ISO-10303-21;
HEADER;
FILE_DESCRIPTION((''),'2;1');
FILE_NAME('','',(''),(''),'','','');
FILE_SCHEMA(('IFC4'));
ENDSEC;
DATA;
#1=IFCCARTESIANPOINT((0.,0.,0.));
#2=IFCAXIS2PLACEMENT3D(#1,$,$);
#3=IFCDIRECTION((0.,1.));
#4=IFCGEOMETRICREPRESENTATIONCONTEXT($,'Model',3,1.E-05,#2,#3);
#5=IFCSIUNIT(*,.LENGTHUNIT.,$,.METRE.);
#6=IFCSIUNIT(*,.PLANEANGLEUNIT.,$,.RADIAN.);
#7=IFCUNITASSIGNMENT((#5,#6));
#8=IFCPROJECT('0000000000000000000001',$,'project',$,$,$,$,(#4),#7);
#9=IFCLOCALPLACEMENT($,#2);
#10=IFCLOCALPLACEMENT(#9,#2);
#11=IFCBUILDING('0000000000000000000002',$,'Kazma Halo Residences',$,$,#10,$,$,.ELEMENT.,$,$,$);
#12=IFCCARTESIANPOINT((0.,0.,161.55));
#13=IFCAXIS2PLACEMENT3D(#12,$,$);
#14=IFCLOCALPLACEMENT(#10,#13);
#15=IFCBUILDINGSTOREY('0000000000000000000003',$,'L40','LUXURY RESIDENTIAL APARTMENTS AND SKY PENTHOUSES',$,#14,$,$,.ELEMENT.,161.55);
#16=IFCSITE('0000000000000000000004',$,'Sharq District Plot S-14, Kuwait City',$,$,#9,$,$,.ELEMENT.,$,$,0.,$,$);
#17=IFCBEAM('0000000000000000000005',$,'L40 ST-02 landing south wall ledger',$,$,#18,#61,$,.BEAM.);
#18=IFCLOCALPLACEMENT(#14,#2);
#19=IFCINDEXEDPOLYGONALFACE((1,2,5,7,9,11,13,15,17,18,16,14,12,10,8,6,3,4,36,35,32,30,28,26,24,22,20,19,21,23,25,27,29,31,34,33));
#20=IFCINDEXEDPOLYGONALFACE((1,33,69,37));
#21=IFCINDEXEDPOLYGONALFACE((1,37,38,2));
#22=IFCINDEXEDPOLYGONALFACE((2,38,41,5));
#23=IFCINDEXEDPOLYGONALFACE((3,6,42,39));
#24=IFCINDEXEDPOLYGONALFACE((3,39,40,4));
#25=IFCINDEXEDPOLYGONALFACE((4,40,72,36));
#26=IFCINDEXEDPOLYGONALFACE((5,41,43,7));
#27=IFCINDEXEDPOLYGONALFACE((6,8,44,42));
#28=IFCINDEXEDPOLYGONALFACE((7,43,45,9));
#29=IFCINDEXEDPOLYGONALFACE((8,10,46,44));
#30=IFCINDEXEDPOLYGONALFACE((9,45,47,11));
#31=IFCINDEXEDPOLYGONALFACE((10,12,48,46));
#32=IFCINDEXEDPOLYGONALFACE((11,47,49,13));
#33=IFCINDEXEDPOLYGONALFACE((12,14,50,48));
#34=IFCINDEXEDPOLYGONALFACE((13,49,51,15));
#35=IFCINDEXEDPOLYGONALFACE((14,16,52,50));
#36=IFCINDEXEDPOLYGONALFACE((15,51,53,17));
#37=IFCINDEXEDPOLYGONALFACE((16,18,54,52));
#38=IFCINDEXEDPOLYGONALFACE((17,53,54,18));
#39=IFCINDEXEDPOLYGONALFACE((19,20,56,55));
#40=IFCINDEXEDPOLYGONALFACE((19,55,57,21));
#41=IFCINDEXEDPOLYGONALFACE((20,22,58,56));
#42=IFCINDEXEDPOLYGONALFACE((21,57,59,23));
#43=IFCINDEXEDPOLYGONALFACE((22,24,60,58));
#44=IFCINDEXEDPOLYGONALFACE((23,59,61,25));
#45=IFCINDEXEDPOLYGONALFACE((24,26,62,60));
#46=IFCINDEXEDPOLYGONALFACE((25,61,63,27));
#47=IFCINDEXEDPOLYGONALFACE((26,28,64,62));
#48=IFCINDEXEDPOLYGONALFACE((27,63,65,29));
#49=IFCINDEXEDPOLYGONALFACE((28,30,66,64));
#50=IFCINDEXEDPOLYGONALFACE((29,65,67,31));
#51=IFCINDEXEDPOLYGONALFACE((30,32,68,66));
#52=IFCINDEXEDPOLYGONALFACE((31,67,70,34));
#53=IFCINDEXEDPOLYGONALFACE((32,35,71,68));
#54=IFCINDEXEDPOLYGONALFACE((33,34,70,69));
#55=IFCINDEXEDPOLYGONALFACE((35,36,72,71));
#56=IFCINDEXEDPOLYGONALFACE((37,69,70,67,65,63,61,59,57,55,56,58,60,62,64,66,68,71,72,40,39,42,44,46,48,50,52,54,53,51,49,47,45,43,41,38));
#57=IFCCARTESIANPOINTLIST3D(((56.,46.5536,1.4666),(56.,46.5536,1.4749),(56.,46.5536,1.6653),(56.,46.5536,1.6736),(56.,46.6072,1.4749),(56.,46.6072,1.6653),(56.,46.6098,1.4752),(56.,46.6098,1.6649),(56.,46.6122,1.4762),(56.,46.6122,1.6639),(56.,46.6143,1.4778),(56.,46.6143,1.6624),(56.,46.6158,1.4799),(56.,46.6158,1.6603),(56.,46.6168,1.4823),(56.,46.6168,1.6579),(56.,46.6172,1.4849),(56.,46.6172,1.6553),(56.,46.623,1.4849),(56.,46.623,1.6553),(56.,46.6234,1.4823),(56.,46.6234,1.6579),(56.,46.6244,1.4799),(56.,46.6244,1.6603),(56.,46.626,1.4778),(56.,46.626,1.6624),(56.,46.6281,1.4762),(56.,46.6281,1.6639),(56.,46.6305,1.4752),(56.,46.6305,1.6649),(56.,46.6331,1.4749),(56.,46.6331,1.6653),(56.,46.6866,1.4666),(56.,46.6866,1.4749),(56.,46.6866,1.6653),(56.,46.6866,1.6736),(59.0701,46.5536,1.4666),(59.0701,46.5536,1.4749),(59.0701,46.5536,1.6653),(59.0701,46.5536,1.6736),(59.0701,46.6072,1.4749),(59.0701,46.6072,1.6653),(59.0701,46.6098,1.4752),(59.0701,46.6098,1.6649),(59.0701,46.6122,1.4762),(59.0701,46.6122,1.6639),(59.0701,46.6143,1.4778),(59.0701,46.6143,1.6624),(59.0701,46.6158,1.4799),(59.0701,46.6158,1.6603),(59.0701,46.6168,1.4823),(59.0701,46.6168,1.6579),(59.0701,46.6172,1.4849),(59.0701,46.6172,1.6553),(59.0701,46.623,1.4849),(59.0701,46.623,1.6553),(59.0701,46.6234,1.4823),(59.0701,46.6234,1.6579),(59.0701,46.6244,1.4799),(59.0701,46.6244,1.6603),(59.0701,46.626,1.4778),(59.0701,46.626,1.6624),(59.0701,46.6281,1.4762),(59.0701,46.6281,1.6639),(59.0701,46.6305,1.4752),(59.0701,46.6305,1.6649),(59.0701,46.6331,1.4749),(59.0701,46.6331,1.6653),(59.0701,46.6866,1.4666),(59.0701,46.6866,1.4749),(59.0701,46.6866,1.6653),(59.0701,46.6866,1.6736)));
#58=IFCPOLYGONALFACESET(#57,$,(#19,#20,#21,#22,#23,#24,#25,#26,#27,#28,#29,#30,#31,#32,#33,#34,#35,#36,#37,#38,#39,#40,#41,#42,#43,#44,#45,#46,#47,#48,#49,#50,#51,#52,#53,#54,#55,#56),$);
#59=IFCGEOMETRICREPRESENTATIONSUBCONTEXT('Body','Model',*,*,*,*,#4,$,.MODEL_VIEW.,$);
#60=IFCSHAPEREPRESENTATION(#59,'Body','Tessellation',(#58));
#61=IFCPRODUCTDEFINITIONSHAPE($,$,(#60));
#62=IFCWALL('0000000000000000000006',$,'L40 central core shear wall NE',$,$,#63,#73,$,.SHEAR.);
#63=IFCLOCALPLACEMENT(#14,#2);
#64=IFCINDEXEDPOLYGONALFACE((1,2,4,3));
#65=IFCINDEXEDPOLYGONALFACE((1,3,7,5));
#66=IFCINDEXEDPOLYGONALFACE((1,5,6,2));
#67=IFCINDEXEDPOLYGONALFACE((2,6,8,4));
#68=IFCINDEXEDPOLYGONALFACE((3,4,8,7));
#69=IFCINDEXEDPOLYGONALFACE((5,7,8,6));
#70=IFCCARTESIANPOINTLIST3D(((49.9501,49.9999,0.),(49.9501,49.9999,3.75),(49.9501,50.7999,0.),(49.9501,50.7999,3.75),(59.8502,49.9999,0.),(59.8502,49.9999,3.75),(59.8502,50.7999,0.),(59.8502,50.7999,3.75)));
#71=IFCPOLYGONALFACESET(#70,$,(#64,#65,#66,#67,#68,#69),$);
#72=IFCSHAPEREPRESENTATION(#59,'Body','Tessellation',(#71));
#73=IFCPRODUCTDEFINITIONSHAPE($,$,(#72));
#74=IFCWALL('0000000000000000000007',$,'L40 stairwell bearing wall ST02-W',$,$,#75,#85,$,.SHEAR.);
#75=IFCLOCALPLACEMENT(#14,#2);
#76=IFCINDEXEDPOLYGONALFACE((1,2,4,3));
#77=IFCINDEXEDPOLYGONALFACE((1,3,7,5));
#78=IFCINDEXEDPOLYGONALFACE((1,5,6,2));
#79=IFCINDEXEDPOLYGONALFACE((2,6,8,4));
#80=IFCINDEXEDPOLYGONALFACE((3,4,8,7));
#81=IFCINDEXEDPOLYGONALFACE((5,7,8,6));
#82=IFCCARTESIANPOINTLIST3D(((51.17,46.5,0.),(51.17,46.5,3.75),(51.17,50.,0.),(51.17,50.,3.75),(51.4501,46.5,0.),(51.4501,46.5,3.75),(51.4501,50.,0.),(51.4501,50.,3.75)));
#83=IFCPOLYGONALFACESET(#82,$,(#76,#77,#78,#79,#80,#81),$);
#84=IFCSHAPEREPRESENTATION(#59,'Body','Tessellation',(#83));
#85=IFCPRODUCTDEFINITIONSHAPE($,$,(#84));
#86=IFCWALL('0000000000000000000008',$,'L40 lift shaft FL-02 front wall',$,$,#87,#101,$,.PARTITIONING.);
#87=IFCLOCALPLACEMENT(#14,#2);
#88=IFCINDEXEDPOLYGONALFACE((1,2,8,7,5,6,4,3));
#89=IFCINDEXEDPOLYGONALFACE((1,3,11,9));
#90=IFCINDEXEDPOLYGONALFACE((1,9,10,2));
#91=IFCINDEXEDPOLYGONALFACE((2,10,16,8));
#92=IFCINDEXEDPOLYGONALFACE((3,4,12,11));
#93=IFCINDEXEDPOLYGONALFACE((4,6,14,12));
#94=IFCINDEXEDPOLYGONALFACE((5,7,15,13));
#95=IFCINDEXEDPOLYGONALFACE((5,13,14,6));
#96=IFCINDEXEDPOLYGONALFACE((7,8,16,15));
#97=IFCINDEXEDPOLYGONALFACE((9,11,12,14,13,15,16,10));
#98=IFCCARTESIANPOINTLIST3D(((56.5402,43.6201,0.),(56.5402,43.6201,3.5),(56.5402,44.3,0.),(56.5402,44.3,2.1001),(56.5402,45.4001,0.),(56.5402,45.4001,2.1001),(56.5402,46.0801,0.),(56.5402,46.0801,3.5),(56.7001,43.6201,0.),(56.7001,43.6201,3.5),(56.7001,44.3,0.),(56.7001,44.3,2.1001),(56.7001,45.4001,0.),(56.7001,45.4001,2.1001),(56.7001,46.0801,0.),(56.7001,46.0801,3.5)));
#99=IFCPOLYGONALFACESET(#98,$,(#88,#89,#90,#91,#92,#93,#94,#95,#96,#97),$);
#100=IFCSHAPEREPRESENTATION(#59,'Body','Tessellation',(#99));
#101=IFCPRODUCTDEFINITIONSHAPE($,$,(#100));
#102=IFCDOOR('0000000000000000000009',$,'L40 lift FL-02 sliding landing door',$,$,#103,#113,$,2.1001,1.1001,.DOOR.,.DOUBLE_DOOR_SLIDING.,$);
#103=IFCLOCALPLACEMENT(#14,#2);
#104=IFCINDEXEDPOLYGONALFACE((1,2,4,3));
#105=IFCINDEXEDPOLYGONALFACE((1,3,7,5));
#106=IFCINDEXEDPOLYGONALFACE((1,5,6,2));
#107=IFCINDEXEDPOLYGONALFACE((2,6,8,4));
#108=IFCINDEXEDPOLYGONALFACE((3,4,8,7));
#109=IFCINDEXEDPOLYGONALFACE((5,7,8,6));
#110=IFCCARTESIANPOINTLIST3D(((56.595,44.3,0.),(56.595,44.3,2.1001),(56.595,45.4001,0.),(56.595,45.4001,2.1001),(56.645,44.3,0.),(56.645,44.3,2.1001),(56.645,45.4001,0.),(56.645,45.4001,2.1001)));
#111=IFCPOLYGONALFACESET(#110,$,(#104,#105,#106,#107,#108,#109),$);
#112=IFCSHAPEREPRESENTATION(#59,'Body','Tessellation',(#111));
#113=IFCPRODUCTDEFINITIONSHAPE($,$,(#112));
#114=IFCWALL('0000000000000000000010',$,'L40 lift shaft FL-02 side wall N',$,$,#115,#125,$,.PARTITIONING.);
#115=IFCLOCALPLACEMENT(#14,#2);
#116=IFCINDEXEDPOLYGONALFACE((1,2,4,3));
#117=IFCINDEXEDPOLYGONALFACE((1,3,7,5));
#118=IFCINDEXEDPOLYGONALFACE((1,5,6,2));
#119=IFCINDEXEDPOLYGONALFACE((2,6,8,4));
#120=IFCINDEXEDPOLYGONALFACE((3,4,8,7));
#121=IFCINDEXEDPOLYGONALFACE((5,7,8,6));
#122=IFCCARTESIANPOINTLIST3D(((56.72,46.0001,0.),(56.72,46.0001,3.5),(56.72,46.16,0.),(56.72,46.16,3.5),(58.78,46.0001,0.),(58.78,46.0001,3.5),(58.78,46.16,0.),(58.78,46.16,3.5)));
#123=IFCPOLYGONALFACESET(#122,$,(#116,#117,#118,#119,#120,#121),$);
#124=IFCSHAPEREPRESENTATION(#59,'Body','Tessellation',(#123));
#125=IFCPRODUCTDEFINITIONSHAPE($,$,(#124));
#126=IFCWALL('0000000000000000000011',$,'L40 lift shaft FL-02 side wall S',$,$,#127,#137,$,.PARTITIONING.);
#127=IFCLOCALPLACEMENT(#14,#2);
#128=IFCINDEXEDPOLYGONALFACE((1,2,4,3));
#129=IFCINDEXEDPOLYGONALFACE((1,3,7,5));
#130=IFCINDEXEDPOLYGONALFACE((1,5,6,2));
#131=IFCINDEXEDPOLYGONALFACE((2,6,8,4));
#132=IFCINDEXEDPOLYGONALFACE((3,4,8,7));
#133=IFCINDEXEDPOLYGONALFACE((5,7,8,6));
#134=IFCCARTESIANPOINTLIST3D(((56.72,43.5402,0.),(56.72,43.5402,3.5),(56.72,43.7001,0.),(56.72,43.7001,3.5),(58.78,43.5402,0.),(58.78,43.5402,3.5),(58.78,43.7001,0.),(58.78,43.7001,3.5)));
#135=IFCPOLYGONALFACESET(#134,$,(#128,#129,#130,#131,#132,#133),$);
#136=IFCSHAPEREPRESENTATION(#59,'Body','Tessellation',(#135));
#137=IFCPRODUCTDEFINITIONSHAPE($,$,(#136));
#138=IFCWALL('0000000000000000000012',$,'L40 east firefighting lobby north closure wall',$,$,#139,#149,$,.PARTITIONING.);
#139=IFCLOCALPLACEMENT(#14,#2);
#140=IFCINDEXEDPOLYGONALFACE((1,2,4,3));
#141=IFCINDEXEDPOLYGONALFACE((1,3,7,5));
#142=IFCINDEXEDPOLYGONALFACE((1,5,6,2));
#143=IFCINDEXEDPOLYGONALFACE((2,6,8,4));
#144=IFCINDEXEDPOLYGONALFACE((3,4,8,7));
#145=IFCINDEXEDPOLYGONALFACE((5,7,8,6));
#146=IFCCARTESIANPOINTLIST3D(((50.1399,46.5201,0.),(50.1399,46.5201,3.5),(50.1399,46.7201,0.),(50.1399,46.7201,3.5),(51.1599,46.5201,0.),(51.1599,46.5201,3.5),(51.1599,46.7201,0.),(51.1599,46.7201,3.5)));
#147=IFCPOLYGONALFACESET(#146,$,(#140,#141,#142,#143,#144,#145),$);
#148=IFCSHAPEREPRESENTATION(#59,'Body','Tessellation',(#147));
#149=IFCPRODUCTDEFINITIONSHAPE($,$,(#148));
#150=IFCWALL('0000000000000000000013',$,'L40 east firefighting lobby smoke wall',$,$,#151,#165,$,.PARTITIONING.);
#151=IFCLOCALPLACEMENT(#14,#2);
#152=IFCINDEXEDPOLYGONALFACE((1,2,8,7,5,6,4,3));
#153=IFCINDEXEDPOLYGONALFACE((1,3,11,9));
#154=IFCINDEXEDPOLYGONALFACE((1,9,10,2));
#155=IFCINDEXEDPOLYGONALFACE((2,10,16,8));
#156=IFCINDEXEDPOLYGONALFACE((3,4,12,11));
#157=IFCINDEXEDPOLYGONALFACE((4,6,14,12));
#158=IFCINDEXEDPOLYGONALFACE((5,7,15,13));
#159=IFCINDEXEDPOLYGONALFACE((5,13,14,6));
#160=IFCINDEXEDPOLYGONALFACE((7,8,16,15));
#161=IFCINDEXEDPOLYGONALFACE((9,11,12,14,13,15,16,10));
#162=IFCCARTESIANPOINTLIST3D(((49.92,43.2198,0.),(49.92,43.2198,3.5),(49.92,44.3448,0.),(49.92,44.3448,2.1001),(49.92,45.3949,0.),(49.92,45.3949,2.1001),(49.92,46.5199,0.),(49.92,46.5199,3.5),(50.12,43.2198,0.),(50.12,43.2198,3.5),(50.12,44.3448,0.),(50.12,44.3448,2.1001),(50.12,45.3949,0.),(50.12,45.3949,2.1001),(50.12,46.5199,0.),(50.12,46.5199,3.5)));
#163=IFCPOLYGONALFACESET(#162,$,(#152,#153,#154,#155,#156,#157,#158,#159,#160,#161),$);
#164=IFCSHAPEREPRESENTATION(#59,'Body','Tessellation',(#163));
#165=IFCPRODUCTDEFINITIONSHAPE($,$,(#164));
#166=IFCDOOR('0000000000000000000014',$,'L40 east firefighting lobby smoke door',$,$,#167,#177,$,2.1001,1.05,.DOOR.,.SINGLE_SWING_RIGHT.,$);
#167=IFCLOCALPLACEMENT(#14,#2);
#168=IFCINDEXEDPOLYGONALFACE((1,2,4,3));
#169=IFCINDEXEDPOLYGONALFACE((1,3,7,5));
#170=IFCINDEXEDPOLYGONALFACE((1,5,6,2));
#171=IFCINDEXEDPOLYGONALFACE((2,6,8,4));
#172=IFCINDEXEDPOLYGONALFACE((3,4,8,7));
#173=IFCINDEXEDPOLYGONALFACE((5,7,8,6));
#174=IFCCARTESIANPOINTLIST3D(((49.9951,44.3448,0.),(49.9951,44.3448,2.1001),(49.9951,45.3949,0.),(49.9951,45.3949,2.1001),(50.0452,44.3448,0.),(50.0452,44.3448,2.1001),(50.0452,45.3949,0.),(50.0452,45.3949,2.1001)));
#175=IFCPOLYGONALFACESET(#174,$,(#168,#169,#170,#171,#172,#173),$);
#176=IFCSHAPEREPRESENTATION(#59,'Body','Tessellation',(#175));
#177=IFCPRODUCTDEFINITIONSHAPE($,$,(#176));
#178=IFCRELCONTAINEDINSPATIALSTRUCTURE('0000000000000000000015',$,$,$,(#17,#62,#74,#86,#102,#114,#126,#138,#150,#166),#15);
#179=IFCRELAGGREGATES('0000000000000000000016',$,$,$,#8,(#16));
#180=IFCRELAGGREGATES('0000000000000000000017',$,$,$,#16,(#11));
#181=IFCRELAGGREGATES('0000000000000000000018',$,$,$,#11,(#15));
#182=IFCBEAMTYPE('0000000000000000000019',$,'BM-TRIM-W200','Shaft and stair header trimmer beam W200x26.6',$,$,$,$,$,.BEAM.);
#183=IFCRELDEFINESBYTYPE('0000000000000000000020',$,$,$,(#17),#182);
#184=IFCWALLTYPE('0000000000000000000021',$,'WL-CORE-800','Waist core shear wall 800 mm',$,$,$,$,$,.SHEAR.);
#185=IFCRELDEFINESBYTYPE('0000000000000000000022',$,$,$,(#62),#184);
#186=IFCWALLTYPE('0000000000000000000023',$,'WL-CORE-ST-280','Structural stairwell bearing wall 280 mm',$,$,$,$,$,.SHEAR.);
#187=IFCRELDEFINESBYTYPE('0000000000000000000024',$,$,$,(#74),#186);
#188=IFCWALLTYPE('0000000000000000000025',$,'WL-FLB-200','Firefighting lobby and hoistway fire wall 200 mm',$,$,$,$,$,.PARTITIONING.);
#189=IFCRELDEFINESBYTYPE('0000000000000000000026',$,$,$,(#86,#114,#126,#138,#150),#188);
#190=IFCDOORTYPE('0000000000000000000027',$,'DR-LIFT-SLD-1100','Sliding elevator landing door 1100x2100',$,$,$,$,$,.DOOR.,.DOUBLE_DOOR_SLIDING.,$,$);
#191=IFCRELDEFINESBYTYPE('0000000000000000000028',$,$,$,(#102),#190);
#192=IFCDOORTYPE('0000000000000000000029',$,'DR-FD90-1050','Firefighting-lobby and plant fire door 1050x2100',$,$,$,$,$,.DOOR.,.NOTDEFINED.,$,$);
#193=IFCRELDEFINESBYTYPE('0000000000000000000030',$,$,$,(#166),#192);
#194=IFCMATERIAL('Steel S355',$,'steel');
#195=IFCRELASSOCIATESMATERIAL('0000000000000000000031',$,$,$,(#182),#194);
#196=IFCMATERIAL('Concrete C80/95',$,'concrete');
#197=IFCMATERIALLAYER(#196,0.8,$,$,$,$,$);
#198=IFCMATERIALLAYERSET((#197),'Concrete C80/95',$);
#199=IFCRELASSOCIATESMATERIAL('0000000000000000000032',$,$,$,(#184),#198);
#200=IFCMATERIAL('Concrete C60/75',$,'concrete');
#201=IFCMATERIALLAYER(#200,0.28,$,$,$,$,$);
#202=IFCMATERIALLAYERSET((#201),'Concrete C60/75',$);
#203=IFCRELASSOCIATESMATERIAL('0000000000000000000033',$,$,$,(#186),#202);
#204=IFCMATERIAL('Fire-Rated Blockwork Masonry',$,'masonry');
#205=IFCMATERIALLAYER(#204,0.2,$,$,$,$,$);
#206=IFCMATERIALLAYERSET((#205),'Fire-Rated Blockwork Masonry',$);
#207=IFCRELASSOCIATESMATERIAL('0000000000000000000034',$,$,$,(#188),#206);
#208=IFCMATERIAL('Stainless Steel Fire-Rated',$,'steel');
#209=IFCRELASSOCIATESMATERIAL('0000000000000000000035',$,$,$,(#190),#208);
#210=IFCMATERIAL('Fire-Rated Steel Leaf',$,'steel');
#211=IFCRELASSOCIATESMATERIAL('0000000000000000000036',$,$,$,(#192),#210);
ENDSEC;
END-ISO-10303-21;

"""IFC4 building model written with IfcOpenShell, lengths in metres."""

from ifc_helpers import new_model, si_unit, direction, frame, frame_2d, origin, origin_2d, place, context, subcontext, project, spatial, rectangle, i_section, extrude, material, layer, layer_set, material_profile, profile_set, type_object, element, fill, save


model = new_model("IFC4")

# Units and contexts
model_context = context("Model", 3, precision=1e-05, world=origin(), true_north=direction((0.0, 1.0)))
body_context = subcontext(model_context, "Body", "Model", "MODEL_VIEW")
ifc_project = project(units=[si_unit("LENGTHUNIT", "METRE"), si_unit("PLANEANGLEUNIT", "RADIAN")], contexts=[model_context])

# Site, building, storey
site_placement = place(None, origin())
site = spatial("IfcSite", under=ifc_project, at=site_placement, Name="Sharq District Plot S-14, Kuwait City", CompositionType="ELEMENT", RefElevation=0.0)
building_placement = place(site_placement, origin())
building = spatial("IfcBuilding", under=site, at=building_placement, Name="Kazma Halo Residences", CompositionType="ELEMENT")
storey_placement = place(building_placement, frame((0.0, 0.0, 161.55)))
storey = spatial("IfcBuildingStorey", under=building, at=storey_placement, Name="L40", Description="LUXURY RESIDENTIAL APARTMENTS AND SKY PENTHOUSES", CompositionType="ELEMENT", Elevation=161.55)

# Shared definitions
ifc_material_1 = material(Name="Steel S355", Category="steel")

# Beam
ifc_material_profile_1 = material_profile(ifc_material_1, i_section(OverallWidth=0.1331, OverallDepth=0.207, WebThickness=0.0059, FlangeThickness=0.0083, FilletRadius=0.01, at=origin_2d()), Name="W200x26.6")
ifc_profile_set_1 = profile_set([ifc_material_profile_1], Name="Steel S355")
beam_type_1 = type_object("IfcBeamType", Name="BM-TRIM-W200", Description="Shaft and stair header trimmer beam W200x26.6", PredefinedType="BEAM", material=ifc_profile_set_1)
beam_1_placement = place(storey_placement, frame((56.0, 46.6201, 1.5701), z_axis=(1.0, 0.0, 0.0), x_axis=(0.0, 1.0, 0.0)))
element("IfcBeam", 1, at=beam_1_placement, inside=storey, type_object=beam_type_1, Name="L40 ST-02 landing south wall ledger", PredefinedType="BEAM", context=body_context, shape_type="SweptSolid", body=[
    extrude(i_section(OverallWidth=0.1331, OverallDepth=0.207, WebThickness=0.0059, FlangeThickness=0.0083, FilletRadius=0.01, at=origin_2d()), origin(), (0.0, 0.0, 1.0), 3.0701),
])

# Walls
ifc_material_2 = material(Name="Concrete C80/95", Category="concrete")
ifc_layer_1 = layer(ifc_material_2, 0.8)
ifc_layer_set_1 = layer_set([ifc_layer_1], Name="Concrete C80/95")
wall_type_1 = type_object("IfcWallType", Name="WL-CORE-800", Description="Waist core shear wall 800 mm", PredefinedType="SHEAR", material=ifc_layer_set_1)
wall_1_placement = place(storey_placement, frame((49.95, 50.3999, 0.0), z_axis=(0.0, 0.0, 1.0), x_axis=(1.0, 0.0, 0.0)))
element("IfcWall", 2, at=wall_1_placement, inside=storey, type_object=wall_type_1, Name="L40 central core shear wall NE", PredefinedType="SHEAR", context=body_context, shape_type="SweptSolid", body=[
    extrude(rectangle(XDim=9.9001, YDim=0.8, at=frame_2d((4.9502, 0.0))), origin(), (0.0, 0.0, 1.0), 3.75),
])
ifc_material_3 = material(Name="Concrete C60/75", Category="concrete")
ifc_layer_2 = layer(ifc_material_3, 0.28)
ifc_layer_set_2 = layer_set([ifc_layer_2], Name="Concrete C60/75")
wall_type_2 = type_object("IfcWallType", Name="WL-CORE-ST-280", Description="Structural stairwell bearing wall 280 mm", PredefinedType="SHEAR", material=ifc_layer_set_2)
wall_2_placement = place(storey_placement, frame((51.3101, 46.5, 0.0), z_axis=(0.0, 0.0, 1.0), x_axis=(0.0, 1.0, 0.0)))
element("IfcWall", 3, at=wall_2_placement, inside=storey, type_object=wall_type_2, Name="L40 stairwell bearing wall ST02-W", PredefinedType="SHEAR", context=body_context, shape_type="SweptSolid", body=[
    extrude(rectangle(XDim=3.5, YDim=0.28, at=frame_2d((1.75, 0.0))), origin(), (0.0, 0.0, 1.0), 3.75),
])

# Wall, opening, door
ifc_material_4 = material(Name="Fire-Rated Blockwork Masonry", Category="masonry")
ifc_layer_3 = layer(ifc_material_4, 0.2)
ifc_layer_set_3 = layer_set([ifc_layer_3], Name="Fire-Rated Blockwork Masonry")
wall_type_3 = type_object("IfcWallType", Name="WL-FLB-200", Description="Firefighting lobby and hoistway fire wall 200 mm", PredefinedType="PARTITIONING", material=ifc_layer_set_3)
wall_3_placement = place(storey_placement, frame((56.6201, 46.0801, 0.0), z_axis=(0.0, 0.0, 1.0), x_axis=(0.0, -1.0, 0.0)))
wall_3 = element("IfcWall", 4, at=wall_3_placement, inside=storey, type_object=wall_type_3, Name="L40 lift shaft FL-02 front wall", PredefinedType="PARTITIONING", context=body_context, shape_type="SweptSolid", body=[
    extrude(rectangle(XDim=2.46, YDim=0.1599, at=frame_2d((1.23, 0.0))), origin(), (0.0, 0.0, 1.0), 3.5),
])
opening_1_placement = place(wall_3_placement, frame((0.6799, 0.0, 0.0)))
opening_1 = element("IfcOpeningElement", 5, at=opening_1_placement, cuts=wall_3, PredefinedType="OPENING", context=body_context, shape_type="SweptSolid", body=[
    extrude(rectangle(XDim=1.1001, YDim=2.1001, at=frame_2d((0.55, 1.05))), frame((0.0, 0.0898, 0.0), z_axis=(0.0, -1.0, 0.0), x_axis=(1.0, 0.0, 0.0)), (0.0, 0.0, 1.0), 0.1799),
])
ifc_material_5 = material(Name="Stainless Steel Fire-Rated", Category="steel")
door_type_1 = type_object("IfcDoorType", Name="DR-LIFT-SLD-1100", Description="Sliding elevator landing door 1100x2100", OperationType="DOUBLE_DOOR_SLIDING", PredefinedType="DOOR", material=ifc_material_5)
door_1_placement = place(opening_1_placement, origin())
door_1 = element("IfcDoor", 6, at=door_1_placement, inside=storey, type_object=door_type_1, Name="L40 lift FL-02 sliding landing door", OperationType="DOUBLE_DOOR_SLIDING", OverallHeight=2.1001, OverallWidth=1.1001, PredefinedType="DOOR", context=body_context, shape_type="SweptSolid", body=[
    extrude(rectangle(XDim=1.1001, YDim=2.1001, at=frame_2d((0.55, 1.05))), frame((0.0, 0.0249, 0.0), z_axis=(0.0, -1.0, 0.0), x_axis=(1.0, 0.0, 0.0)), (0.0, 0.0, 1.0), 0.05),
])
fill(opening_1, door_1)

# Walls
for number, where, z_axis, x_axis, name in (
    (7, (56.72, 46.0801, 0.0), (0.0, 0.0, 1.0), (1.0, 0.0, 0.0), "L40 lift shaft FL-02 side wall N"),
    (8, (56.72, 43.6201, 0.0), (0.0, 0.0, 1.0), (1.0, 0.0, 0.0), "L40 lift shaft FL-02 side wall S"),
):
    element("IfcWall", number, at=place(storey_placement, frame(where, z_axis=z_axis, x_axis=x_axis)), inside=storey, type_object=wall_type_3, Name=name, PredefinedType="PARTITIONING", context=body_context, shape_type="SweptSolid", body=[
        extrude(rectangle(XDim=2.0601, YDim=0.1599, at=frame_2d((1.03, 0.0))), origin(), (0.0, 0.0, 1.0), 3.5),
    ])
wall_4_placement = place(storey_placement, frame((50.1399, 46.6201, 0.0), z_axis=(0.0, 0.0, 1.0), x_axis=(1.0, 0.0, 0.0)))
element("IfcWall", 9, at=wall_4_placement, inside=storey, type_object=wall_type_3, Name="L40 east firefighting lobby north closure wall", PredefinedType="PARTITIONING", context=body_context, shape_type="SweptSolid", body=[
    extrude(rectangle(XDim=1.02, YDim=0.2, at=frame_2d((0.51, 0.0))), origin(), (0.0, 0.0, 1.0), 3.5),
])

# Wall, opening, door
wall_5_placement = place(storey_placement, frame((50.02, 43.22, 0.0), z_axis=(0.0, 0.0, 1.0), x_axis=(0.0, 1.0, 0.0)))
wall_5 = element("IfcWall", 10, at=wall_5_placement, inside=storey, type_object=wall_type_3, Name="L40 east firefighting lobby smoke wall", PredefinedType="PARTITIONING", context=body_context, shape_type="SweptSolid", body=[
    extrude(rectangle(XDim=3.3, YDim=0.2, at=frame_2d((1.6499, 0.0))), origin(), (0.0, 0.0, 1.0), 3.5),
])
opening_2_placement = place(wall_5_placement, frame((1.125, 0.0, 0.0)))
opening_2 = element("IfcOpeningElement", 11, at=opening_2_placement, cuts=wall_5, PredefinedType="OPENING", context=body_context, shape_type="SweptSolid", body=[
    extrude(rectangle(XDim=1.05, YDim=2.1001, at=frame_2d((0.5249, 1.05))), frame((0.0, 0.1099, 0.0), z_axis=(0.0, -1.0, 0.0), x_axis=(1.0, 0.0, 0.0)), (0.0, 0.0, 1.0), 0.22),
])
ifc_material_6 = material(Name="Fire-Rated Steel Leaf", Category="steel")
door_type_2 = type_object("IfcDoorType", Name="DR-FD90-1050", Description="Firefighting-lobby and plant fire door 1050x2100", OperationType="NOTDEFINED", PredefinedType="DOOR", material=ifc_material_6)
door_2_placement = place(opening_2_placement, origin())
door_2 = element("IfcDoor", 12, at=door_2_placement, inside=storey, type_object=door_type_2, Name="L40 east firefighting lobby smoke door", OperationType="SINGLE_SWING_RIGHT", OverallHeight=2.1001, OverallWidth=1.05, PredefinedType="DOOR", context=body_context, shape_type="SweptSolid", body=[
    extrude(rectangle(XDim=1.05, YDim=2.1001, at=frame_2d((0.5249, 1.05))), frame((0.0, 0.0249, 0.0), z_axis=(0.0, -1.0, 0.0), x_axis=(1.0, 0.0, 0.0)), (0.0, 0.0, 1.0), 0.05),
])
fill(opening_2, door_2)

save(model, "model.ifc")
